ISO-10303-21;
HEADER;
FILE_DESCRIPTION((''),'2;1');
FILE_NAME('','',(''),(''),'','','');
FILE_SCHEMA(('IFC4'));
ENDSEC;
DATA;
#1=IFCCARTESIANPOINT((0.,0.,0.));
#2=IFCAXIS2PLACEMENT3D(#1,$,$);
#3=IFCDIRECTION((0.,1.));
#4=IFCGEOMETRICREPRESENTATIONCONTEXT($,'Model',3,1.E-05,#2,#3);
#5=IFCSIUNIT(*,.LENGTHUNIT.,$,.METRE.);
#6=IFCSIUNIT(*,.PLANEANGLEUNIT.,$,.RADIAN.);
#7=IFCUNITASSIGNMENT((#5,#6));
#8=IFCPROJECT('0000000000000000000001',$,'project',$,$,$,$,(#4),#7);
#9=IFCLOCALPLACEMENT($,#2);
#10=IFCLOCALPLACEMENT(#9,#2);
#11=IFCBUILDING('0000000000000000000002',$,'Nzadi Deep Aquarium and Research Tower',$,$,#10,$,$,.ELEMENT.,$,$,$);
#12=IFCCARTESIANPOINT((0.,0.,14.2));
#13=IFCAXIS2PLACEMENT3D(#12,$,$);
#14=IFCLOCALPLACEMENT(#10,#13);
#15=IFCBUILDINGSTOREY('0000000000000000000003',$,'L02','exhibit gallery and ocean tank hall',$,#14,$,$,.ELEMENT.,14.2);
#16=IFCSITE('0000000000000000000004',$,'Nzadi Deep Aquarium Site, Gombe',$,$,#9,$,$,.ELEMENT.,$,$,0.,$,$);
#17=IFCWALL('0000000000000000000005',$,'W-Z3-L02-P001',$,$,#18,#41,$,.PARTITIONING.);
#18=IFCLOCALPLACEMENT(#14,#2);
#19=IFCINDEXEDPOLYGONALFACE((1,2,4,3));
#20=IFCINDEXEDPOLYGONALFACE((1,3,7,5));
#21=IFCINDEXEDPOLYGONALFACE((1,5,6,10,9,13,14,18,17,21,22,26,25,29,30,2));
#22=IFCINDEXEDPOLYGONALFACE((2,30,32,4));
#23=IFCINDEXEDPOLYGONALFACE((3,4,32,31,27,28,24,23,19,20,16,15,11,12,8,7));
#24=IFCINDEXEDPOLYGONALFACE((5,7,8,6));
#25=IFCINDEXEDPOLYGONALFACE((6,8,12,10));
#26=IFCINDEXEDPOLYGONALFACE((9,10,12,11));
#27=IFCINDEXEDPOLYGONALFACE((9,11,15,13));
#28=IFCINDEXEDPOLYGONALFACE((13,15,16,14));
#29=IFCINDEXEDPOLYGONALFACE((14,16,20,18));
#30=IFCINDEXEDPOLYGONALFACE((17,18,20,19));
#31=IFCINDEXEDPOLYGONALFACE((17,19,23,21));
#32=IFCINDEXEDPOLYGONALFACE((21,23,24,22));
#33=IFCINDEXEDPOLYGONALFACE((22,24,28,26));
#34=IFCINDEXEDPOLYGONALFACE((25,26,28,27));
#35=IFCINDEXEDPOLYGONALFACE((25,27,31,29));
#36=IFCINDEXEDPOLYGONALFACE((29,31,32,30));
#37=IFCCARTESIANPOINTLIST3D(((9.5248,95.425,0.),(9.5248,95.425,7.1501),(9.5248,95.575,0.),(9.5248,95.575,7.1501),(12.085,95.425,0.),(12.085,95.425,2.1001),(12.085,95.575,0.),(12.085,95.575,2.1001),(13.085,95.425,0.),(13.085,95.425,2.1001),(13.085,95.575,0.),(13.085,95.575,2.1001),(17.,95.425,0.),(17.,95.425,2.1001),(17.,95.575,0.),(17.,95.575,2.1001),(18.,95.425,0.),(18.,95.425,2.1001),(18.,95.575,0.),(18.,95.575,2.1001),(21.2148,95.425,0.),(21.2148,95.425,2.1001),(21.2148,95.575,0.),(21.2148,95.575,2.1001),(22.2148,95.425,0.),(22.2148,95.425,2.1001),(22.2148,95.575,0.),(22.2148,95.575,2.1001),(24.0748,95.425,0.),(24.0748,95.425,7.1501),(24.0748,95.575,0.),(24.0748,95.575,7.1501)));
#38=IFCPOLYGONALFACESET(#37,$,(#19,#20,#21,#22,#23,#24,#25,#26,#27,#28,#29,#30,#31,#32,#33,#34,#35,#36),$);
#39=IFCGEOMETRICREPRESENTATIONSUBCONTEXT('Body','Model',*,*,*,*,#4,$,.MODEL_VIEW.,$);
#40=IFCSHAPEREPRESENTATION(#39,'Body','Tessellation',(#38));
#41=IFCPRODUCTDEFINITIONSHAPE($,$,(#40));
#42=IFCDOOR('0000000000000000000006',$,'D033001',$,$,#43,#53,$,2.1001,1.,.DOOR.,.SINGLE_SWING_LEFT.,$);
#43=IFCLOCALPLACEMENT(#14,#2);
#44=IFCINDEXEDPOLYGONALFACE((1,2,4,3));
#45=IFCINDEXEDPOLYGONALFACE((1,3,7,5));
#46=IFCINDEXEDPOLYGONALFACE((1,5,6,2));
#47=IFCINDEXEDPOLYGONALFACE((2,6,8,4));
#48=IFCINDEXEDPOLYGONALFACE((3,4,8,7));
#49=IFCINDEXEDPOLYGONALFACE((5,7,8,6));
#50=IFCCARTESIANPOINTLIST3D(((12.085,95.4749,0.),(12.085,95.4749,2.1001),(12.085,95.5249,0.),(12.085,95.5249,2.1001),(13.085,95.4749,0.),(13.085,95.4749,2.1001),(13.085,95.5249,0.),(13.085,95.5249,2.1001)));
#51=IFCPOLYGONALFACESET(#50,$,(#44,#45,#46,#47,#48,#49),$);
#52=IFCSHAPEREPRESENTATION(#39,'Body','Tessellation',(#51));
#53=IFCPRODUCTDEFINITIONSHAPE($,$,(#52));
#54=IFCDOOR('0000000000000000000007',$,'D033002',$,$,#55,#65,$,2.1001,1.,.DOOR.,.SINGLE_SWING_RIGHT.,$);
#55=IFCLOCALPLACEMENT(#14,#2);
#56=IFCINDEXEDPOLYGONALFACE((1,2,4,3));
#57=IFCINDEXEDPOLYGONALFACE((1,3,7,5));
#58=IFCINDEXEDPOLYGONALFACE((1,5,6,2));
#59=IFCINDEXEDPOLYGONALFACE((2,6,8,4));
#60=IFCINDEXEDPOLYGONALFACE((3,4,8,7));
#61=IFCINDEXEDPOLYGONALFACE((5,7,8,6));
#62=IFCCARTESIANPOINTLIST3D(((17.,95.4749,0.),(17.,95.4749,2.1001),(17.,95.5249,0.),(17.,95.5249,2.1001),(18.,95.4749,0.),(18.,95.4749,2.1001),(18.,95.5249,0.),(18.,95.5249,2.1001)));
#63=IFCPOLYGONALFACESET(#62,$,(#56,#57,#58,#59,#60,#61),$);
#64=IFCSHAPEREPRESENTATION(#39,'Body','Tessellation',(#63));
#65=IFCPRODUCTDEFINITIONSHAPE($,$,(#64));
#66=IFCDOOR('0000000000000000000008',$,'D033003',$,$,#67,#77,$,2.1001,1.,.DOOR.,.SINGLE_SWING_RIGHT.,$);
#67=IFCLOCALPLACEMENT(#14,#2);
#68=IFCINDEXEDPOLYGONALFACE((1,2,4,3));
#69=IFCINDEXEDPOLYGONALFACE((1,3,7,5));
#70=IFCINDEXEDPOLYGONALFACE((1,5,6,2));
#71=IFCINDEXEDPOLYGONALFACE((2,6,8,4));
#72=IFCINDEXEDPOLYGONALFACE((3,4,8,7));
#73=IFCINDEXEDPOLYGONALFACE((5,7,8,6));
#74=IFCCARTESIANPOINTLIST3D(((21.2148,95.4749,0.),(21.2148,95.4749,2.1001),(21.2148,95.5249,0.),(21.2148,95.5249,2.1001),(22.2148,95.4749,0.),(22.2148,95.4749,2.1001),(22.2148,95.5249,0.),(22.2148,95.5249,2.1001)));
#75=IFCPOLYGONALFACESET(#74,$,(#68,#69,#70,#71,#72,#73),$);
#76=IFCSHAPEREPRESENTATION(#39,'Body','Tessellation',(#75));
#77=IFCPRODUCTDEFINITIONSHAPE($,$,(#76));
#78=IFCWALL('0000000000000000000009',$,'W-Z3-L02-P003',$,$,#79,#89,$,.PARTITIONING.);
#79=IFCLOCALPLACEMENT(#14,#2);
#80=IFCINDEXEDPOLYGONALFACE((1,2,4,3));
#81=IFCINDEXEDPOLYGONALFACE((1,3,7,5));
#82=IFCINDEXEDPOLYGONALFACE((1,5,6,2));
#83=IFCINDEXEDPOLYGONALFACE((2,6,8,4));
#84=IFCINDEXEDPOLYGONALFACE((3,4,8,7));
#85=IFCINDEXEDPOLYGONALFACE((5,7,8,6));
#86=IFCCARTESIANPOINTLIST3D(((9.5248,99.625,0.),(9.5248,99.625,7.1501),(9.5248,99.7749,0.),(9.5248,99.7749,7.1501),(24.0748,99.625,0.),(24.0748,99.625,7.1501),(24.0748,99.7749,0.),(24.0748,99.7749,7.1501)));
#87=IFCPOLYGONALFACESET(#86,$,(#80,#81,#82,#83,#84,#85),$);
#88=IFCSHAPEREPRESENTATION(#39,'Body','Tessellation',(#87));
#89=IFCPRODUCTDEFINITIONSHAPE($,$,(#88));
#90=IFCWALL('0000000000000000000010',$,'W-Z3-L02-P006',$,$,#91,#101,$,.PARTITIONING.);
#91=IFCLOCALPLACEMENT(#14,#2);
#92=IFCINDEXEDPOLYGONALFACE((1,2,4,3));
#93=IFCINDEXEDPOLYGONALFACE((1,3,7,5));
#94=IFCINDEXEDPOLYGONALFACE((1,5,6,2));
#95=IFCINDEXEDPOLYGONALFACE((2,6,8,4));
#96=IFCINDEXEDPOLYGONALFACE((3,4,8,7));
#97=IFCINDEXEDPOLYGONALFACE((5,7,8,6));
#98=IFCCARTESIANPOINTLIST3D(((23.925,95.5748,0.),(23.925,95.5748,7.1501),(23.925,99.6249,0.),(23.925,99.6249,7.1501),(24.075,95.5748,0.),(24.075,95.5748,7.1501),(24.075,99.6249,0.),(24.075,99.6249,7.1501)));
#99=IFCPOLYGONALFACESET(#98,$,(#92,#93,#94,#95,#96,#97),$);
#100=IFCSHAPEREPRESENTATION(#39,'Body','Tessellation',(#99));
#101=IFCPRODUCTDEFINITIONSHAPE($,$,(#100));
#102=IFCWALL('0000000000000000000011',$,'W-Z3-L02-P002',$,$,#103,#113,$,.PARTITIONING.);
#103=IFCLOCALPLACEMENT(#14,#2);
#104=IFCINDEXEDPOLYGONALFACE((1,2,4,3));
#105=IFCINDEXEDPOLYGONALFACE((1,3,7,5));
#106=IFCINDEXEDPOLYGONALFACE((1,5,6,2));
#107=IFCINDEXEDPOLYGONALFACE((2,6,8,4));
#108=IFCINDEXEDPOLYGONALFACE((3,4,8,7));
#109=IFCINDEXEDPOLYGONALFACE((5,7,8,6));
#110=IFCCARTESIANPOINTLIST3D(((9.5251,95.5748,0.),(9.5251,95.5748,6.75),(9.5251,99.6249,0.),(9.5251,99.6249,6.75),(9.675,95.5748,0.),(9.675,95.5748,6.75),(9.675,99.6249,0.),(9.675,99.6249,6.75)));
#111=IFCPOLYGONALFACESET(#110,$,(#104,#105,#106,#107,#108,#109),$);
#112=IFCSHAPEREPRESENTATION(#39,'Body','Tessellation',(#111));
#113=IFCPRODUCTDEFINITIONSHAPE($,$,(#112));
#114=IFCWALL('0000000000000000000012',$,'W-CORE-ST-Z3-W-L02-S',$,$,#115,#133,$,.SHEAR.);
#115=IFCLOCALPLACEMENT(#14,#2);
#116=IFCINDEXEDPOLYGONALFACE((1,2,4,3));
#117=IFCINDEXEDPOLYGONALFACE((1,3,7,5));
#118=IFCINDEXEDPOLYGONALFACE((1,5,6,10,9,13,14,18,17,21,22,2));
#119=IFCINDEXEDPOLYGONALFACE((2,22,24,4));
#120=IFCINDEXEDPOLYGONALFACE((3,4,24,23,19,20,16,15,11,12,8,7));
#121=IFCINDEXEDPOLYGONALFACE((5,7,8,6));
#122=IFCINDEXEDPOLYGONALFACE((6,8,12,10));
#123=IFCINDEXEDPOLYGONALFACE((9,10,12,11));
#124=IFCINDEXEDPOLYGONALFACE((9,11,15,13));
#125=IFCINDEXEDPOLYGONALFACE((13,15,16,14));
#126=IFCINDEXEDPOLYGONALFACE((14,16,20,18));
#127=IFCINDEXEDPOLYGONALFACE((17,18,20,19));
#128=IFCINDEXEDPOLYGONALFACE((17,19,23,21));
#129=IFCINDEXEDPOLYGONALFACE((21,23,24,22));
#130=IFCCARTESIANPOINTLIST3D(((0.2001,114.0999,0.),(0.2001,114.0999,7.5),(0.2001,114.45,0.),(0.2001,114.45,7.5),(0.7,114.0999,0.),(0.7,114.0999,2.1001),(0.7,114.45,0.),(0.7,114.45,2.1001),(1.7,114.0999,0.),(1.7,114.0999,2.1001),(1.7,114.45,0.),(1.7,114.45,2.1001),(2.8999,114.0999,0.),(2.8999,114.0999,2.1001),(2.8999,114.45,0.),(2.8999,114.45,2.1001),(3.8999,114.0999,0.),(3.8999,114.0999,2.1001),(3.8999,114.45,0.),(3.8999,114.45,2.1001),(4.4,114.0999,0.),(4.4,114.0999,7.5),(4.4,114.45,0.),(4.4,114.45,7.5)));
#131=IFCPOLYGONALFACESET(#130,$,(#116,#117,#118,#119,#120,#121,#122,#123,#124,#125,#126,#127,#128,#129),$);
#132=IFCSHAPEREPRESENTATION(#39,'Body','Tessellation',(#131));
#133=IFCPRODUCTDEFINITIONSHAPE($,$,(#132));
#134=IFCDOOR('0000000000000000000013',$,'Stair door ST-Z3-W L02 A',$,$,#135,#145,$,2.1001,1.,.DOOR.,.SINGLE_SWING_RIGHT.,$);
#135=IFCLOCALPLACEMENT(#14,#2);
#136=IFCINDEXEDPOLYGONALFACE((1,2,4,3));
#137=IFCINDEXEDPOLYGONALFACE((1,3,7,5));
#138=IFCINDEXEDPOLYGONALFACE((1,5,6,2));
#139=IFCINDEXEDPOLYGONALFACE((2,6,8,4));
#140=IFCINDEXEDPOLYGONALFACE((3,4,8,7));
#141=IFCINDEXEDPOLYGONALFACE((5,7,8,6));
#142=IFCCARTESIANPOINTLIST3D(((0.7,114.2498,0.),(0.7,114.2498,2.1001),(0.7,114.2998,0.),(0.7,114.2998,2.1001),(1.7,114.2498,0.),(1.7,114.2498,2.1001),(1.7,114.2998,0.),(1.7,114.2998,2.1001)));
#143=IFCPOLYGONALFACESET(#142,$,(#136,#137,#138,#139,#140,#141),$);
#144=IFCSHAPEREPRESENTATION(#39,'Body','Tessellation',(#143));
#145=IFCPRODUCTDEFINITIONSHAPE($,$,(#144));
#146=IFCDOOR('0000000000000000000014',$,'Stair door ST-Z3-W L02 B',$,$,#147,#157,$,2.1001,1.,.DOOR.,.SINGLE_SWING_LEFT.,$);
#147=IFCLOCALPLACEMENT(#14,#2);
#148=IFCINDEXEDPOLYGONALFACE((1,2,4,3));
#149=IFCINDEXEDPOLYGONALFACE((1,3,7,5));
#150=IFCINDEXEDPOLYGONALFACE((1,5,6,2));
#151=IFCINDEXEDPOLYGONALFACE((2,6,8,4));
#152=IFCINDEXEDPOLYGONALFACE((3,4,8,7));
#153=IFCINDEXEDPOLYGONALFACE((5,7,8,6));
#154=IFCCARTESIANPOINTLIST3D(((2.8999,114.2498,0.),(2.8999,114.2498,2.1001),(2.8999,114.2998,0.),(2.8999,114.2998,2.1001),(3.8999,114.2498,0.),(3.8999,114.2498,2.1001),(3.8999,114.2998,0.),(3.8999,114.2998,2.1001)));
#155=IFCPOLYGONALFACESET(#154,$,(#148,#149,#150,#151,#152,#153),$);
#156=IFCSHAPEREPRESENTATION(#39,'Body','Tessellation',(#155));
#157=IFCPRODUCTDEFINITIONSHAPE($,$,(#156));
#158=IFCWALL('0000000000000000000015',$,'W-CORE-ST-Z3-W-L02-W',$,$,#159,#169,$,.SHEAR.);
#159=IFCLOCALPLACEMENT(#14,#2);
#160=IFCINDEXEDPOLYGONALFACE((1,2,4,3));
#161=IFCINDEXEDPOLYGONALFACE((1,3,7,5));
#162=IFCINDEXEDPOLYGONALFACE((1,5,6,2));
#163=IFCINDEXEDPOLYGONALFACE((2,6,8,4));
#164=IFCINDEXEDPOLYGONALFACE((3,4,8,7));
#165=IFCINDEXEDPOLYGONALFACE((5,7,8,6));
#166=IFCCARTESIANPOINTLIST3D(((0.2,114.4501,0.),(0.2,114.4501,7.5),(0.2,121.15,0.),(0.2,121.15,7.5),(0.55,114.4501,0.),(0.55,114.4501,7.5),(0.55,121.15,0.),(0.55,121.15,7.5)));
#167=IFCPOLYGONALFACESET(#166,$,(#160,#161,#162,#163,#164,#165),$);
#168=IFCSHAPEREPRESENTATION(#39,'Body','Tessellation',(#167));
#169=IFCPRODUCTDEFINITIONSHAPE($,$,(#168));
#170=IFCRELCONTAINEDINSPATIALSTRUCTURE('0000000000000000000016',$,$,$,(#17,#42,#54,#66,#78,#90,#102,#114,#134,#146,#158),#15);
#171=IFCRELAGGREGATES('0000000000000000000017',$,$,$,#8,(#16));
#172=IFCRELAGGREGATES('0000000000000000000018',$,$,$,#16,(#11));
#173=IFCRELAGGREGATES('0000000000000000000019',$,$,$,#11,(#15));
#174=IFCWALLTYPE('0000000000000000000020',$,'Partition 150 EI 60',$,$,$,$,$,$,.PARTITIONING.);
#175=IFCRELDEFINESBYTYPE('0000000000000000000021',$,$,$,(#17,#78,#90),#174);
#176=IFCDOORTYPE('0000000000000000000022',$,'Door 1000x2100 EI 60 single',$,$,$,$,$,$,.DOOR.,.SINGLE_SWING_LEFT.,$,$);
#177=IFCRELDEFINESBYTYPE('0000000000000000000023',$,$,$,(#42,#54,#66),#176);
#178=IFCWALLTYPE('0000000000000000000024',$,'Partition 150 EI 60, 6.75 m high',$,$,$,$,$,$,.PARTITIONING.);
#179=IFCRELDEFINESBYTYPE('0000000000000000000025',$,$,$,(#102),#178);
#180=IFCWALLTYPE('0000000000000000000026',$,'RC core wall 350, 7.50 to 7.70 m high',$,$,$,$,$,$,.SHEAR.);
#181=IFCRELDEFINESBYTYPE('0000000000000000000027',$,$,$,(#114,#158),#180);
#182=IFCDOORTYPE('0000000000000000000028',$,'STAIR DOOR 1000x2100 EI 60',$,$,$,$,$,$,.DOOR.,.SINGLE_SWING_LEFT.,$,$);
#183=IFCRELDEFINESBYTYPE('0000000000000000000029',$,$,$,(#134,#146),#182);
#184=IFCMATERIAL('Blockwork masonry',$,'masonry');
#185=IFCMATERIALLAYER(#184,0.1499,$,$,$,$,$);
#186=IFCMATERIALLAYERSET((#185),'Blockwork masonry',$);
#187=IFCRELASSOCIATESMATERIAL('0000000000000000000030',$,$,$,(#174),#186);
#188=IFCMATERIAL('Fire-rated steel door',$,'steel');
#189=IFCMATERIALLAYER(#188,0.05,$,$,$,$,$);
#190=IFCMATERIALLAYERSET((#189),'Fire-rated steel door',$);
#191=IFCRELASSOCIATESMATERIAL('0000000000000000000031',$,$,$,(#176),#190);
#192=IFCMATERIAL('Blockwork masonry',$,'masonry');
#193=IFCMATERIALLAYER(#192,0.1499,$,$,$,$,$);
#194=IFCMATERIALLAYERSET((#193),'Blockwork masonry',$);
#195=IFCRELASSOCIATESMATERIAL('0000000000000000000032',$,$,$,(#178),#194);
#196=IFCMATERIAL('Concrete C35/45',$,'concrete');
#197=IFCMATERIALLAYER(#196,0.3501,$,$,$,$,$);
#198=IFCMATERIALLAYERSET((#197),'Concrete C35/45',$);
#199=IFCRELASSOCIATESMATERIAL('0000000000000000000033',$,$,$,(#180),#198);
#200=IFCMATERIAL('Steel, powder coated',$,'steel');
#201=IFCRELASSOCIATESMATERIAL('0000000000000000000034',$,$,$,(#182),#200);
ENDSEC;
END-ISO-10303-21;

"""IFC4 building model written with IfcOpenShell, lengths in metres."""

from ifc_helpers import new_model, si_unit, direction, frame, frame_2d, origin, place, context, subcontext, project, spatial, rectangle, extrude, material, layer, layer_set, type_object, element, fill, save


model = new_model("IFC4")

# Units and contexts
model_context = context("Model", 3, precision=1e-05, world=origin(), true_north=direction((0.0, 1.0)))
body_context = subcontext(model_context, "Body", "Model", "MODEL_VIEW")
ifc_project = project(units=[si_unit("LENGTHUNIT", "METRE"), si_unit("PLANEANGLEUNIT", "RADIAN")], contexts=[model_context])

# Site, building, storey
site_placement = place(None, origin())
site = spatial("IfcSite", under=ifc_project, at=site_placement, Name="Nzadi Deep Aquarium Site, Gombe", CompositionType="ELEMENT", RefElevation=0.0)
building_placement = place(site_placement, origin())
building = spatial("IfcBuilding", under=site, at=building_placement, Name="Nzadi Deep Aquarium and Research Tower", CompositionType="ELEMENT")
storey_placement = place(building_placement, frame((0.0, 0.0, 14.2)))
storey = spatial("IfcBuildingStorey", under=building, at=storey_placement, Name="L02", Description="exhibit gallery and ocean tank hall", CompositionType="ELEMENT", Elevation=14.2)

# Wall, openings, doors
ifc_material_1 = material(Name="Blockwork masonry", Category="masonry")
ifc_layer_1 = layer(ifc_material_1, 0.1499)
ifc_layer_set_1 = layer_set([ifc_layer_1], Name="Blockwork masonry")
wall_type_1 = type_object("IfcWallType", Name="Partition 150 EI 60", PredefinedType="PARTITIONING", material=ifc_layer_set_1)
wall_1_placement = place(storey_placement, frame((9.5249, 95.5, 0.0), z_axis=(0.0, 0.0, 1.0), x_axis=(1.0, 0.0, 0.0)))
wall_1 = element("IfcWall", 1, at=wall_1_placement, inside=storey, type_object=wall_type_1, Name="W-Z3-L02-P001", PredefinedType="PARTITIONING", context=body_context, shape_type="SweptSolid", body=[
    extrude(rectangle(XDim=14.55, YDim=0.1499, at=frame_2d((7.2749, 0.0))), origin(), (0.0, 0.0, 1.0), 7.1501),
])
opening_1_placement = place(wall_1_placement, frame((2.5601, 0.0, 0.0)))
opening_1 = element("IfcOpeningElement", 2, at=opening_1_placement, cuts=wall_1, PredefinedType="OPENING", context=body_context, shape_type="SweptSolid", body=[
    extrude(rectangle(XDim=1.0, YDim=2.1001, at=frame_2d((0.5, 1.05))), frame((0.0, 0.085, 0.0), z_axis=(0.0, -1.0, 0.0), x_axis=(1.0, 0.0, 0.0)), (0.0, 0.0, 1.0), 0.1699),
])
opening_2_placement = place(wall_1_placement, frame((7.4751, 0.0, 0.0)))
opening_2 = element("IfcOpeningElement", 3, at=opening_2_placement, cuts=wall_1, PredefinedType="OPENING", context=body_context, shape_type="SweptSolid", body=[
    extrude(rectangle(XDim=1.0, YDim=2.1001, at=frame_2d((0.5, 1.05))), frame((0.0, 0.085, 0.0), z_axis=(0.0, -1.0, 0.0), x_axis=(1.0, 0.0, 0.0)), (0.0, 0.0, 1.0), 0.1699),
])
opening_3_placement = place(wall_1_placement, frame((11.6899, 0.0, 0.0)))
opening_3 = element("IfcOpeningElement", 4, at=opening_3_placement, cuts=wall_1, PredefinedType="OPENING", context=body_context, shape_type="SweptSolid", body=[
    extrude(rectangle(XDim=1.0, YDim=2.1001, at=frame_2d((0.5, 1.05))), frame((0.0, 0.085, 0.0), z_axis=(0.0, -1.0, 0.0), x_axis=(1.0, 0.0, 0.0)), (0.0, 0.0, 1.0), 0.1699),
])
ifc_material_2 = material(Name="Fire-rated steel door", Category="steel")
ifc_layer_2 = layer(ifc_material_2, 0.05)
ifc_layer_set_2 = layer_set([ifc_layer_2], Name="Fire-rated steel door")
door_type_1 = type_object("IfcDoorType", Name="Door 1000x2100 EI 60 single", OperationType="SINGLE_SWING_LEFT", PredefinedType="DOOR", material=ifc_layer_set_2)
door_1_placement = place(opening_1_placement, origin())
door_1 = element("IfcDoor", 5, at=door_1_placement, inside=storey, type_object=door_type_1, Name="D033001", OperationType="SINGLE_SWING_LEFT", OverallHeight=2.1001, OverallWidth=1.0, PredefinedType="DOOR", context=body_context, shape_type="SweptSolid", body=[
    extrude(rectangle(XDim=1.0, YDim=2.1001, at=frame_2d((0.5, 1.05))), frame((0.0, 0.0249, 0.0), z_axis=(0.0, -1.0, 0.0), x_axis=(1.0, 0.0, 0.0)), (0.0, 0.0, 1.0), 0.05),
])
fill(opening_1, door_1)
door_2_placement = place(opening_2_placement, origin())
door_2 = element("IfcDoor", 6, at=door_2_placement, inside=storey, type_object=door_type_1, Name="D033002", OperationType="SINGLE_SWING_RIGHT", OverallHeight=2.1001, OverallWidth=1.0, PredefinedType="DOOR", context=body_context, shape_type="SweptSolid", body=[
    extrude(rectangle(XDim=1.0, YDim=2.1001, at=frame_2d((0.5, 1.05))), frame((0.0, 0.0249, 0.0), z_axis=(0.0, -1.0, 0.0), x_axis=(1.0, 0.0, 0.0)), (0.0, 0.0, 1.0), 0.05),
])
fill(opening_2, door_2)
door_3_placement = place(opening_3_placement, origin())
door_3 = element("IfcDoor", 7, at=door_3_placement, inside=storey, type_object=door_type_1, Name="D033003", OperationType="SINGLE_SWING_RIGHT", OverallHeight=2.1001, OverallWidth=1.0, PredefinedType="DOOR", context=body_context, shape_type="SweptSolid", body=[
    extrude(rectangle(XDim=1.0, YDim=2.1001, at=frame_2d((0.5, 1.05))), frame((0.0, 0.0249, 0.0), z_axis=(0.0, -1.0, 0.0), x_axis=(1.0, 0.0, 0.0)), (0.0, 0.0, 1.0), 0.05),
])
fill(opening_3, door_3)

# Walls
wall_2_placement = place(storey_placement, frame((9.5249, 99.7, 0.0), z_axis=(0.0, 0.0, 1.0), x_axis=(1.0, 0.0, 0.0)))
element("IfcWall", 8, at=wall_2_placement, inside=storey, type_object=wall_type_1, Name="W-Z3-L02-P003", PredefinedType="PARTITIONING", context=body_context, shape_type="SweptSolid", body=[
    extrude(rectangle(XDim=14.55, YDim=0.1499, at=frame_2d((7.2749, 0.0))), origin(), (0.0, 0.0, 1.0), 7.1501),
])
wall_3_placement = place(storey_placement, frame((24.0, 95.575, 0.0), z_axis=(0.0, 0.0, 1.0), x_axis=(0.0, 1.0, 0.0)))
element("IfcWall", 9, at=wall_3_placement, inside=storey, type_object=wall_type_1, Name="W-Z3-L02-P006", PredefinedType="PARTITIONING", context=body_context, shape_type="SweptSolid", body=[
    extrude(rectangle(XDim=4.05, YDim=0.1499, at=frame_2d((2.0249, 0.0))), origin(), (0.0, 0.0, 1.0), 7.1501),
])
ifc_material_3 = material(Name="Blockwork masonry", Category="masonry")
ifc_layer_3 = layer(ifc_material_3, 0.1499)
ifc_layer_set_3 = layer_set([ifc_layer_3], Name="Blockwork masonry")
wall_type_2 = type_object("IfcWallType", Name="Partition 150 EI 60, 6.75 m high", PredefinedType="PARTITIONING", material=ifc_layer_set_3)
wall_4_placement = place(storey_placement, frame((9.6001, 95.575, 0.0), z_axis=(0.0, 0.0, 1.0), x_axis=(0.0, 1.0, 0.0)))
element("IfcWall", 10, at=wall_4_placement, inside=storey, type_object=wall_type_2, Name="W-Z3-L02-P002", PredefinedType="PARTITIONING", context=body_context, shape_type="SweptSolid", body=[
    extrude(rectangle(XDim=4.05, YDim=0.1499, at=frame_2d((2.0249, 0.0))), origin(), (0.0, 0.0, 1.0), 6.75),
])

# Wall, openings, doors
ifc_material_4 = material(Name="Concrete C35/45", Category="concrete")
ifc_layer_4 = layer(ifc_material_4, 0.3501)
ifc_layer_set_4 = layer_set([ifc_layer_4], Name="Concrete C35/45")
wall_type_3 = type_object("IfcWallType", Name="RC core wall 350, 7.50 to 7.70 m high", PredefinedType="SHEAR", material=ifc_layer_set_4)
wall_5_placement = place(storey_placement, frame((0.2, 114.2749, 0.0), z_axis=(0.0, 0.0, 1.0), x_axis=(1.0, 0.0, 0.0)))
wall_5 = element("IfcWall", 11, at=wall_5_placement, inside=storey, type_object=wall_type_3, Name="W-CORE-ST-Z3-W-L02-S", PredefinedType="SHEAR", context=body_context, shape_type="SweptSolid", body=[
    extrude(rectangle(XDim=4.2, YDim=0.3501, at=frame_2d((2.1001, 0.0))), origin(), (0.0, 0.0, 1.0), 7.5),
])
opening_4_placement = place(wall_5_placement, frame((0.5, 0.0, 0.0)))
opening_4 = element("IfcOpeningElement", 12, at=opening_4_placement, cuts=wall_5, PredefinedType="OPENING", context=body_context, shape_type="SweptSolid", body=[
    extrude(rectangle(XDim=1.0, YDim=2.1001, at=frame_2d((0.5, 1.05))), frame((0.0, 0.1851, 0.0), z_axis=(0.0, -1.0, 0.0), x_axis=(1.0, 0.0, 0.0)), (0.0, 0.0, 1.0), 0.3701),
])
opening_5_placement = place(wall_5_placement, frame((2.7, 0.0, 0.0)))
opening_5 = element("IfcOpeningElement", 13, at=opening_5_placement, cuts=wall_5, PredefinedType="OPENING", context=body_context, shape_type="SweptSolid", body=[
    extrude(rectangle(XDim=1.0, YDim=2.1001, at=frame_2d((0.5, 1.05))), frame((0.0, 0.1851, 0.0), z_axis=(0.0, -1.0, 0.0), x_axis=(1.0, 0.0, 0.0)), (0.0, 0.0, 1.0), 0.3701),
])
ifc_material_5 = material(Name="Steel, powder coated", Category="steel")
door_type_2 = type_object("IfcDoorType", Name="STAIR DOOR 1000x2100 EI 60", OperationType="SINGLE_SWING_LEFT", PredefinedType="DOOR", material=ifc_material_5)
door_4_placement = place(opening_4_placement, origin())
door_4 = element("IfcDoor", 14, at=door_4_placement, inside=storey, type_object=door_type_2, Name="Stair door ST-Z3-W L02 A", OperationType="SINGLE_SWING_RIGHT", OverallHeight=2.1001, OverallWidth=1.0, PredefinedType="DOOR", context=body_context, shape_type="SweptSolid", body=[
    extrude(rectangle(XDim=1.0, YDim=2.1001, at=frame_2d((0.5, 1.05))), frame((0.0, 0.0249, 0.0), z_axis=(0.0, -1.0, 0.0), x_axis=(1.0, 0.0, 0.0)), (0.0, 0.0, 1.0), 0.05),
])
fill(opening_4, door_4)
door_5_placement = place(opening_5_placement, origin())
door_5 = element("IfcDoor", 15, at=door_5_placement, inside=storey, type_object=door_type_2, Name="Stair door ST-Z3-W L02 B", OperationType="SINGLE_SWING_LEFT", OverallHeight=2.1001, OverallWidth=1.0, PredefinedType="DOOR", context=body_context, shape_type="SweptSolid", body=[
    extrude(rectangle(XDim=1.0, YDim=2.1001, at=frame_2d((0.5, 1.05))), frame((0.0, 0.0249, 0.0), z_axis=(0.0, -1.0, 0.0), x_axis=(1.0, 0.0, 0.0)), (0.0, 0.0, 1.0), 0.05),
])
fill(opening_5, door_5)

# Wall
for number, where, z_axis, x_axis, name in (
    (16, (0.375, 114.45, 0.0), (0.0, 0.0, 1.0), (0.0, 1.0, 0.0), "W-CORE-ST-Z3-W-L02-W"),
):
    element("IfcWall", number, at=place(storey_placement, frame(where, z_axis=z_axis, x_axis=x_axis)), inside=storey, type_object=wall_type_3, Name=name, PredefinedType="SHEAR", context=body_context, shape_type="SweptSolid", body=[
        extrude(rectangle(XDim=6.7, YDim=0.3501, at=frame_2d((3.3501, 0.0))), origin(), (0.0, 0.0, 1.0), 7.5),
    ])

save(model, "model.ifc")
